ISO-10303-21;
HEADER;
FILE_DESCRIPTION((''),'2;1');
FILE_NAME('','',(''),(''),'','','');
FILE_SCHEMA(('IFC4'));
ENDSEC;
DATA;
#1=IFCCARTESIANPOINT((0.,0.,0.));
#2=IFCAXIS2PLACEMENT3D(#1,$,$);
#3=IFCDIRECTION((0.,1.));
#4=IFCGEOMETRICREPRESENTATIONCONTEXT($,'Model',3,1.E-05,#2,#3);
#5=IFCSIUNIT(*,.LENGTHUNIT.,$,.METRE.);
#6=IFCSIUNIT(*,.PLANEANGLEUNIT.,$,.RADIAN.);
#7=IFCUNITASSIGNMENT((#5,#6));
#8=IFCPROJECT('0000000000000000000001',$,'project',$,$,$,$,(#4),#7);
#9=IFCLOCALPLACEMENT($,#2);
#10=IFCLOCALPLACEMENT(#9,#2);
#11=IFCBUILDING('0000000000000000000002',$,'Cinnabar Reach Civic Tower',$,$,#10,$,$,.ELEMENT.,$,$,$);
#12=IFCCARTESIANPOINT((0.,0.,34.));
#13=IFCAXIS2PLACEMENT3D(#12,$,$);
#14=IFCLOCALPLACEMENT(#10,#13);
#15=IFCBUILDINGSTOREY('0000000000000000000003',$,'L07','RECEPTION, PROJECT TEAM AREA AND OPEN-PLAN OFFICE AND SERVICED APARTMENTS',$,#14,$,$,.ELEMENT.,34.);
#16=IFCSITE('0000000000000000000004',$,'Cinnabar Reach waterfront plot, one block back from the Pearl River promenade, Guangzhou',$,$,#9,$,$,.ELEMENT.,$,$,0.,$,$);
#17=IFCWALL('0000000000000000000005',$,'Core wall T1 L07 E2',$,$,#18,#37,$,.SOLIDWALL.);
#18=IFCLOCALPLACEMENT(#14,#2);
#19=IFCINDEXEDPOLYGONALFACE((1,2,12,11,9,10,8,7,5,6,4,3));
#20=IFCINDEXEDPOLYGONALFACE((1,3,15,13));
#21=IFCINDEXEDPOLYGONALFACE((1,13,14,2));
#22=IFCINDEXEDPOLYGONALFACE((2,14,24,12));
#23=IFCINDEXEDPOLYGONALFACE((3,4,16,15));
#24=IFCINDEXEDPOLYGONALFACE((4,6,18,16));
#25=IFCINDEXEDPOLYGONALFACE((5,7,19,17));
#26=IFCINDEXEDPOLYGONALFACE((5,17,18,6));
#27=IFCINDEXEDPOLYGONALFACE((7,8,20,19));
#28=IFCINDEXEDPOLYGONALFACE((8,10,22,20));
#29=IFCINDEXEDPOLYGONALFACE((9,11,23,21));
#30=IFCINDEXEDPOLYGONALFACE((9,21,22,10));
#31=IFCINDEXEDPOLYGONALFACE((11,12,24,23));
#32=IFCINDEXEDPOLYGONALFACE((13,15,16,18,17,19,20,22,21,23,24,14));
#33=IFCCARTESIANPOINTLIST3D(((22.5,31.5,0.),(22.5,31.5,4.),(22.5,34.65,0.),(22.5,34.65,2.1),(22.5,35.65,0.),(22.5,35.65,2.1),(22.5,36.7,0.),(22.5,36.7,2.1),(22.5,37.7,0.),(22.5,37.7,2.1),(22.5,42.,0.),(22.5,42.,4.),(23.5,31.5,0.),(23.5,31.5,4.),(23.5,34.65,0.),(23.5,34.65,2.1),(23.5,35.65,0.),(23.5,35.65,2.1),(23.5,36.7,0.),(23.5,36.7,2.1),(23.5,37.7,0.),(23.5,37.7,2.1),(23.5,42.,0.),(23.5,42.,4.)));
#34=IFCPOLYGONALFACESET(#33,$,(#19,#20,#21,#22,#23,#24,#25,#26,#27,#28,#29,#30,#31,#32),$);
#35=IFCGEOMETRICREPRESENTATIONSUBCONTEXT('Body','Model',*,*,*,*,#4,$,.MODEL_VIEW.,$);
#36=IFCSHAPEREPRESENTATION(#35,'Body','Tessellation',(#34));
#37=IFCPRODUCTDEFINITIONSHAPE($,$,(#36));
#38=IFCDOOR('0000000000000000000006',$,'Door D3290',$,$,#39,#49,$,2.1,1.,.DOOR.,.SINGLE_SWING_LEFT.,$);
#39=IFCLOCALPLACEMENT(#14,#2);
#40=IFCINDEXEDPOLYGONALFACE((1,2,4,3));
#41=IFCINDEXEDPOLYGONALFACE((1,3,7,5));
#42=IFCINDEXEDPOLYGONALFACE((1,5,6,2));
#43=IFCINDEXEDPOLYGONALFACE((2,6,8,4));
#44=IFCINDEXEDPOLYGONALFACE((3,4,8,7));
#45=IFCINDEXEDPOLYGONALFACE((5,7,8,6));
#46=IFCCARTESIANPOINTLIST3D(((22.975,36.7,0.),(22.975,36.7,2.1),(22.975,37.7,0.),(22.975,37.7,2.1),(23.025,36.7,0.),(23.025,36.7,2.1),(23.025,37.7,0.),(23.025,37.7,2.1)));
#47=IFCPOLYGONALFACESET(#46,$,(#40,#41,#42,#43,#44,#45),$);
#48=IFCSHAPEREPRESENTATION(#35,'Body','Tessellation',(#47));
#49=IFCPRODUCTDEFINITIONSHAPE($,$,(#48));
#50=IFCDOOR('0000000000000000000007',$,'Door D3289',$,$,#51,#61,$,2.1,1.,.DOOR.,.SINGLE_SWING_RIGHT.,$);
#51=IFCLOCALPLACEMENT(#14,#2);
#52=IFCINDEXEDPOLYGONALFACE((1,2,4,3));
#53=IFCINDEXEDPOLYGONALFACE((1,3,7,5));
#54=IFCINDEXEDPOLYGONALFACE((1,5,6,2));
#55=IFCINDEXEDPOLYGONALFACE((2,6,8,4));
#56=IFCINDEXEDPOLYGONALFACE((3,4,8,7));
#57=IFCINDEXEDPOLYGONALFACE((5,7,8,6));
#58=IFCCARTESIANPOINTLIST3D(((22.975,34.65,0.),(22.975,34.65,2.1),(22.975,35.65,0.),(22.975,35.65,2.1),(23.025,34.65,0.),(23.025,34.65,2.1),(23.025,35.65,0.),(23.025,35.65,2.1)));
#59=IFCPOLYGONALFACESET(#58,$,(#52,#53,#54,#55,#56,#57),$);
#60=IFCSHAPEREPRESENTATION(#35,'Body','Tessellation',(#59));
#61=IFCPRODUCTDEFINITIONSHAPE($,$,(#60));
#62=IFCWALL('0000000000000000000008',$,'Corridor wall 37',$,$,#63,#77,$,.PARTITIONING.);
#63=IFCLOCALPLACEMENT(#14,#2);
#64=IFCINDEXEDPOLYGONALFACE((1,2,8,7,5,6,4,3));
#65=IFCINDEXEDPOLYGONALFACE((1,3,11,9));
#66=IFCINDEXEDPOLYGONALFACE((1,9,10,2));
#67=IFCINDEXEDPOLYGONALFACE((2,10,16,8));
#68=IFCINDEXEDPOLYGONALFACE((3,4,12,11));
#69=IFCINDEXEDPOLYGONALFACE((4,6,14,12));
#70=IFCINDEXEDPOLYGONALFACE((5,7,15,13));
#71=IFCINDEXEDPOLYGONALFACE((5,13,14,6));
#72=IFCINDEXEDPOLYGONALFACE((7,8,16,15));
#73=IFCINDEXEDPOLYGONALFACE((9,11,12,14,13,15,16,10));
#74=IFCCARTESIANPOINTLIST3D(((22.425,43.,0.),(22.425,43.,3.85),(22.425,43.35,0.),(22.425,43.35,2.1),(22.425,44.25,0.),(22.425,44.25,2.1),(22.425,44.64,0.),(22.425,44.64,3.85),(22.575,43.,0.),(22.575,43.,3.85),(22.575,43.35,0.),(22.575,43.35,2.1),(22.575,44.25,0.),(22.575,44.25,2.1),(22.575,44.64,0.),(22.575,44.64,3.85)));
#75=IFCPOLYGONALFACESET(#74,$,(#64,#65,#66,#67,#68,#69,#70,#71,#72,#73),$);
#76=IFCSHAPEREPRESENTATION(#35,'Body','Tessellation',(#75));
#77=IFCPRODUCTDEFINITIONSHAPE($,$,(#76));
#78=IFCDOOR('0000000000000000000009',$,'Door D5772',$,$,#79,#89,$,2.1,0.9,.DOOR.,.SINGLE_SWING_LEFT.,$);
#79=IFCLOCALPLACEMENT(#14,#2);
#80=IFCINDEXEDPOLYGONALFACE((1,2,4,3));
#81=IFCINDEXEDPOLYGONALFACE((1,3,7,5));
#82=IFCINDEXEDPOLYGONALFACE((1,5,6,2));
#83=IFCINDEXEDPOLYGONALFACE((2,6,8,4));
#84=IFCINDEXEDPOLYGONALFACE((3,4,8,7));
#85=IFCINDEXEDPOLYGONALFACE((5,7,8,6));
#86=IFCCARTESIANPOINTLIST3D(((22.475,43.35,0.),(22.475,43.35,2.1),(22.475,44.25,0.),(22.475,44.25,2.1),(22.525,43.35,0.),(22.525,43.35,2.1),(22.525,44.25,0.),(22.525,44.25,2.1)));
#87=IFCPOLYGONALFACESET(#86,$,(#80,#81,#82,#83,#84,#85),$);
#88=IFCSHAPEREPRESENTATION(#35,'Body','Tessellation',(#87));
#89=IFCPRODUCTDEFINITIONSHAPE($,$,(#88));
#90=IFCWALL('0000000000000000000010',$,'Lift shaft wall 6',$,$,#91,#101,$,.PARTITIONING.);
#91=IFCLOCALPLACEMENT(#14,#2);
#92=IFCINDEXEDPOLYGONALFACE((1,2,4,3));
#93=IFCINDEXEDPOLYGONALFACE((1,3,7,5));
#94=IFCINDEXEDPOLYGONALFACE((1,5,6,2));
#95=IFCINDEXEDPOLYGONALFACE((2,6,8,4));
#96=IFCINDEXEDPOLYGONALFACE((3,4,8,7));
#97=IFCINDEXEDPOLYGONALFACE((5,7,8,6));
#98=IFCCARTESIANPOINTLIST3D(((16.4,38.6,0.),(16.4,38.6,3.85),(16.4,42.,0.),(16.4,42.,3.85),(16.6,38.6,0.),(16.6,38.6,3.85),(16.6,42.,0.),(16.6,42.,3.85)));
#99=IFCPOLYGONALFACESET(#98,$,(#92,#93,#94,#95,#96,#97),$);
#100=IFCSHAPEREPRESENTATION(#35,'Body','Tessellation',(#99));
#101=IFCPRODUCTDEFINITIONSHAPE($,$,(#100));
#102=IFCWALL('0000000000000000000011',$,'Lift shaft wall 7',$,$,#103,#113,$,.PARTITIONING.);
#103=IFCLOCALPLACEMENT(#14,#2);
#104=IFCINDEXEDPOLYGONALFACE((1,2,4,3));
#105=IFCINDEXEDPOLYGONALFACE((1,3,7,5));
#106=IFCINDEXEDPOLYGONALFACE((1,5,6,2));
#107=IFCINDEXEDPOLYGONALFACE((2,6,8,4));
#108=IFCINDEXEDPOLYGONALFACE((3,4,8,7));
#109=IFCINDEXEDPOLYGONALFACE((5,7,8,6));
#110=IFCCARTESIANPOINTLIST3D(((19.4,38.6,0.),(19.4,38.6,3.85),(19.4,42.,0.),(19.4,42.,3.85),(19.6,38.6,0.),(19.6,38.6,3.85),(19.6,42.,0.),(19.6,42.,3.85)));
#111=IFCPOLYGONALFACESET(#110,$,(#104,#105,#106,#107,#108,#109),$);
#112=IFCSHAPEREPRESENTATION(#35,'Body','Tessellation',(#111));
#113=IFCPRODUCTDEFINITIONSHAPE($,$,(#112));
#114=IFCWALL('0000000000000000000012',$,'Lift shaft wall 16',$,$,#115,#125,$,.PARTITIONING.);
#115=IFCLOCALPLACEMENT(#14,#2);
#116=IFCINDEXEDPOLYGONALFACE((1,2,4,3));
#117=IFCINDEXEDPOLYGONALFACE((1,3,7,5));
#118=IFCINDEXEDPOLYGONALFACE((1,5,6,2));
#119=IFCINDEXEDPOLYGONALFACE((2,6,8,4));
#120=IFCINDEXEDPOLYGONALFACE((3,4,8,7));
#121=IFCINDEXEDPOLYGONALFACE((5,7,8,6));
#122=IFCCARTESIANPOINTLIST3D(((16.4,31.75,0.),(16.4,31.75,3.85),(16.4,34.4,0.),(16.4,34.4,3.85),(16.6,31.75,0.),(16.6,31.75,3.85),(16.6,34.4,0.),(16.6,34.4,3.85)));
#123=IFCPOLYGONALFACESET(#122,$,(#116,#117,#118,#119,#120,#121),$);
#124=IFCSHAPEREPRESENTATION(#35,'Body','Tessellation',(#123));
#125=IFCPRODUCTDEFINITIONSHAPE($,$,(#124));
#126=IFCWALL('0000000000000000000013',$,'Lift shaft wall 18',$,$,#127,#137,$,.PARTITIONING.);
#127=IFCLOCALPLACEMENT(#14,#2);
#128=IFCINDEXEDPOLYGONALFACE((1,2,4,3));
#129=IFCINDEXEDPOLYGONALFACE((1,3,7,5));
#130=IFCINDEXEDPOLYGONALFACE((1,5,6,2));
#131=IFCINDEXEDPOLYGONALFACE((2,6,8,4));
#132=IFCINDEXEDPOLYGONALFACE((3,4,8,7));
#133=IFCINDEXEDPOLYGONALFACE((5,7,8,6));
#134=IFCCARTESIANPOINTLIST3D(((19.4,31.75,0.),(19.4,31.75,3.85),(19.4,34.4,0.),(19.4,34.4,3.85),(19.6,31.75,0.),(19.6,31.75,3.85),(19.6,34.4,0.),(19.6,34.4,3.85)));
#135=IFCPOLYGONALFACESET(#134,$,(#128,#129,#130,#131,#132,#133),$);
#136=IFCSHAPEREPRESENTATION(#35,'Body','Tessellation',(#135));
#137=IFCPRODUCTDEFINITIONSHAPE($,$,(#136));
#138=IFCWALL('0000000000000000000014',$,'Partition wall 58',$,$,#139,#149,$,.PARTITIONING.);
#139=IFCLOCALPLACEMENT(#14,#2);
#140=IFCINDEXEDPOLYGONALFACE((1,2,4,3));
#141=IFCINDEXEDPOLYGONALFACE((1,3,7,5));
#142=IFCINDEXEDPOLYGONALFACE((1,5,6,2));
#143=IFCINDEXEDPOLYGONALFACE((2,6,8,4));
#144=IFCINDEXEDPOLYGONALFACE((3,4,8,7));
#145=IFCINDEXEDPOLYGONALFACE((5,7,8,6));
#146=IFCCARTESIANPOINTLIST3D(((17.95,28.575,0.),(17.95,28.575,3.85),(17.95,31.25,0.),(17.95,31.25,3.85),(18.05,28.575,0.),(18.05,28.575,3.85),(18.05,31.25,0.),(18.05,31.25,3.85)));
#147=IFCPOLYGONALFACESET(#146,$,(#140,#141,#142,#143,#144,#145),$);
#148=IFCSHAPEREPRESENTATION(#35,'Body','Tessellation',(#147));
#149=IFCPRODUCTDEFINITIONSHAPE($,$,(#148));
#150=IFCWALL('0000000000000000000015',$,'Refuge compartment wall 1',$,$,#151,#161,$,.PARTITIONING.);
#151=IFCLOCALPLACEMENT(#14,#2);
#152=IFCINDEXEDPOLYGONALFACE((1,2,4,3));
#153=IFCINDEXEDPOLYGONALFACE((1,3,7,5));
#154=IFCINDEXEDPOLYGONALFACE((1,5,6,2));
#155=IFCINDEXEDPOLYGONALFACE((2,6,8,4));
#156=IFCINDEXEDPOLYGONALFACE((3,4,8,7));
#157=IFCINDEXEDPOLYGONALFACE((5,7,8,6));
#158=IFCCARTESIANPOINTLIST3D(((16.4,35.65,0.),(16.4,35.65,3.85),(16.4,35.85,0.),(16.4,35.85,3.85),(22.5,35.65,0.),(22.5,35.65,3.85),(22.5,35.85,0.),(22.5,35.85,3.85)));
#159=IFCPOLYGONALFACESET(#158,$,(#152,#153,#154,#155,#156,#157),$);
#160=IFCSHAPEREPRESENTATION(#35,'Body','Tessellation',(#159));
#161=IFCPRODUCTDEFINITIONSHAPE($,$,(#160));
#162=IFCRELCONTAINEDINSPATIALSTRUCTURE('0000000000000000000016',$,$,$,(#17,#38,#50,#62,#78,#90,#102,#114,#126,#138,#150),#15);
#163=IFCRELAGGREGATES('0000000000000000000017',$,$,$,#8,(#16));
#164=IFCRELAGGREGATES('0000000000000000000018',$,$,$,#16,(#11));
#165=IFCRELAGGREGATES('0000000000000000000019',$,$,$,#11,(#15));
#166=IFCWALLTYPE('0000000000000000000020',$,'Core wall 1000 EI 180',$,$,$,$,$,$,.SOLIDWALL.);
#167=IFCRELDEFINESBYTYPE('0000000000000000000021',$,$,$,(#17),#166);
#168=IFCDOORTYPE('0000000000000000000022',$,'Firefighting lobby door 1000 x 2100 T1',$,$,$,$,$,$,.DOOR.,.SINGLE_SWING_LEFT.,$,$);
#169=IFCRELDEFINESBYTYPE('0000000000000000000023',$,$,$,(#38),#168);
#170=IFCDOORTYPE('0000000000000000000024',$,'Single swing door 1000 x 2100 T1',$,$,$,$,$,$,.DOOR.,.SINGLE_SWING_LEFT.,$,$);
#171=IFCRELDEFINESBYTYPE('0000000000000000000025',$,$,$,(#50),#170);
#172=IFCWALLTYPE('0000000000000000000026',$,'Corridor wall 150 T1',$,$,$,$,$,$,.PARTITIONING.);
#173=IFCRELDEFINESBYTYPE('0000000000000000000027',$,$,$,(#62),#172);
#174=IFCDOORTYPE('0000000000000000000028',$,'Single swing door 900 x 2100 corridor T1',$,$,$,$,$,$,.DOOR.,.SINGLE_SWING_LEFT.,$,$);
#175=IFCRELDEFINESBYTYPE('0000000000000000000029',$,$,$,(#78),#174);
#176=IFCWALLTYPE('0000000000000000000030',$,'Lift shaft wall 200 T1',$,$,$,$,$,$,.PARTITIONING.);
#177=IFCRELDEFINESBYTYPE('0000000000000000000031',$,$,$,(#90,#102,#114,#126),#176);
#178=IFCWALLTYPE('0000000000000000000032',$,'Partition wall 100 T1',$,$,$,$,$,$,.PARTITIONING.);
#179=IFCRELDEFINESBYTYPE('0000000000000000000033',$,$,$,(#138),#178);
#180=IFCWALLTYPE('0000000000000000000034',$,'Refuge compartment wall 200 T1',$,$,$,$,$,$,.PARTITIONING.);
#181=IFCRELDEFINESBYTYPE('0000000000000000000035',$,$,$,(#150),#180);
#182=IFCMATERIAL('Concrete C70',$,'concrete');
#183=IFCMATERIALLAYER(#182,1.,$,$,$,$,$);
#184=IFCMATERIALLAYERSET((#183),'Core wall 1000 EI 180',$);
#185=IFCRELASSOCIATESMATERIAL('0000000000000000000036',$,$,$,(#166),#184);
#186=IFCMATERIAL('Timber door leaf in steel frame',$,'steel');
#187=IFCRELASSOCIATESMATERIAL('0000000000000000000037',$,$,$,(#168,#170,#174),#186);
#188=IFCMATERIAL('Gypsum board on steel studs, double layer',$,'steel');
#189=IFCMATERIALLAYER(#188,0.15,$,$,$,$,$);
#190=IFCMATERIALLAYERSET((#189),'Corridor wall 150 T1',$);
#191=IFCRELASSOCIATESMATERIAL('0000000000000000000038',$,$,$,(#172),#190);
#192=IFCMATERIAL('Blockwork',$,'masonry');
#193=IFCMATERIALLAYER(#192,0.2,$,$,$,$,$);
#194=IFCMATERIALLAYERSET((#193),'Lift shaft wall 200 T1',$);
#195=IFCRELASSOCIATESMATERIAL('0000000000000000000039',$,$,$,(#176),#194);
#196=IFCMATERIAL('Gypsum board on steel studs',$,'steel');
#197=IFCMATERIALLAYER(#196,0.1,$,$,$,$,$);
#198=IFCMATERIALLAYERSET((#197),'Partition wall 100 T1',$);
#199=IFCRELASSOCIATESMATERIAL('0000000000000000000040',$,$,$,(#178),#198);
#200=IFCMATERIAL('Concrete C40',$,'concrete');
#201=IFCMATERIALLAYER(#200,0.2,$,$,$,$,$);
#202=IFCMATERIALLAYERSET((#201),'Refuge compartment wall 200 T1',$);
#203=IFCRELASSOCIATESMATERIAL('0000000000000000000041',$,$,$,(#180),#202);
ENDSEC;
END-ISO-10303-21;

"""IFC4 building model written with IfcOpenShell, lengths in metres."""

from ifc_helpers import new_model, si_unit, direction, frame, frame_2d, origin, place, context, subcontext, project, spatial, rectangle, extrude, material, layer, layer_set, type_object, element, fill, save


model = new_model("IFC4")

# Units and contexts
model_context = context("Model", 3, precision=1e-05, world=origin(), true_north=direction((0.0, 1.0)))
body_context = subcontext(model_context, "Body", "Model", "MODEL_VIEW")
ifc_project = project(units=[si_unit("LENGTHUNIT", "METRE"), si_unit("PLANEANGLEUNIT", "RADIAN")], contexts=[model_context])

# Site, building, storey
site_placement = place(None, origin())
site = spatial("IfcSite", under=ifc_project, at=site_placement, Name="Cinnabar Reach waterfront plot, one block back from the Pearl River promenade, Guangzhou", CompositionType="ELEMENT", RefElevation=0.0)
building_placement = place(site_placement, origin())
building = spatial("IfcBuilding", under=site, at=building_placement, Name="Cinnabar Reach Civic Tower", CompositionType="ELEMENT")
storey_placement = place(building_placement, frame((0.0, 0.0, 34.0)))
storey = spatial("IfcBuildingStorey", under=building, at=storey_placement, Name="L07", Description="RECEPTION, PROJECT TEAM AREA AND OPEN-PLAN OFFICE AND SERVICED APARTMENTS", CompositionType="ELEMENT", Elevation=34.0)

# Shared definitions
ifc_material_1 = material(Name="Concrete C70", Category="concrete")

# Shared definitions
ifc_layer_1 = layer(ifc_material_1, 1.0)
ifc_layer_set_1 = layer_set([ifc_layer_1], Name="Core wall 1000 EI 180")
wall_type_1 = type_object("IfcWallType", Name="Core wall 1000 EI 180", PredefinedType="SOLIDWALL", material=ifc_layer_set_1)

# Wall, openings, doors
wall_1_placement = place(storey_placement, frame((23.0, 31.5, 0.0), z_axis=(0.0, 0.0, 1.0), x_axis=(0.0, 1.0, 0.0)))
wall_1 = element("IfcWall", 1, at=wall_1_placement, inside=storey, type_object=wall_type_1, Name="Core wall T1 L07 E2", PredefinedType="SOLIDWALL", context=body_context, shape_type="SweptSolid", body=[
    extrude(rectangle(XDim=10.5, YDim=1.0, at=frame_2d((5.25, 0.0))), origin(), (0.0, 0.0, 1.0), 4.0),
])
opening_1_placement = place(wall_1_placement, frame((3.15, 0.0, 0.0)))
opening_1 = element("IfcOpeningElement", 2, at=opening_1_placement, cuts=wall_1, PredefinedType="OPENING", context=body_context, shape_type="SweptSolid", body=[
    extrude(rectangle(XDim=1.0, YDim=2.1, at=frame_2d((0.5, 1.05))), frame((0.0, 0.51, 0.0), z_axis=(0.0, -1.0, 0.0), x_axis=(1.0, 0.0, 0.0)), (0.0, 0.0, 1.0), 1.02),
])
opening_2_placement = place(wall_1_placement, frame((5.2, 0.0, 0.0)))
opening_2 = element("IfcOpeningElement", 3, at=opening_2_placement, cuts=wall_1, PredefinedType="OPENING", context=body_context, shape_type="SweptSolid", body=[
    extrude(rectangle(XDim=1.0, YDim=2.1, at=frame_2d((0.5, 1.05))), frame((0.0, 0.51, 0.0), z_axis=(0.0, -1.0, 0.0), x_axis=(1.0, 0.0, 0.0)), (0.0, 0.0, 1.0), 1.02),
])
ifc_material_2 = material(Name="Timber door leaf in steel frame", Category="steel")
door_type_1 = type_object("IfcDoorType", Name="Firefighting lobby door 1000 x 2100 T1", OperationType="SINGLE_SWING_LEFT", PredefinedType="DOOR", material=ifc_material_2)
door_1_placement = place(opening_2_placement, origin())
door_1 = element("IfcDoor", 4, at=door_1_placement, inside=storey, type_object=door_type_1, Name="Door D3290", OperationType="SINGLE_SWING_LEFT", OverallHeight=2.1, OverallWidth=1.0, PredefinedType="DOOR", context=body_context, shape_type="SweptSolid", body=[
    extrude(rectangle(XDim=1.0, YDim=2.1, at=frame_2d((0.5, 1.05))), frame((0.0, 0.025, 0.0), z_axis=(0.0, -1.0, 0.0), x_axis=(1.0, 0.0, 0.0)), (0.0, 0.0, 1.0), 0.05),
])
fill(opening_2, door_1)
door_type_2 = type_object("IfcDoorType", Name="Single swing door 1000 x 2100 T1", OperationType="SINGLE_SWING_LEFT", PredefinedType="DOOR", material=ifc_material_2)
door_2_placement = place(opening_1_placement, origin())
door_2 = element("IfcDoor", 5, at=door_2_placement, inside=storey, type_object=door_type_2, Name="Door D3289", OperationType="SINGLE_SWING_RIGHT", OverallHeight=2.1, OverallWidth=1.0, PredefinedType="DOOR", context=body_context, shape_type="SweptSolid", body=[
    extrude(rectangle(XDim=1.0, YDim=2.1, at=frame_2d((0.5, 1.05))), frame((0.0, 0.025, 0.0), z_axis=(0.0, -1.0, 0.0), x_axis=(1.0, 0.0, 0.0)), (0.0, 0.0, 1.0), 0.05),
])
fill(opening_1, door_2)

# Wall, opening, door
ifc_material_3 = material(Name="Gypsum board on steel studs, double layer", Category="steel")
ifc_layer_2 = layer(ifc_material_3, 0.15)
ifc_layer_set_2 = layer_set([ifc_layer_2], Name="Corridor wall 150 T1")
wall_type_2 = type_object("IfcWallType", Name="Corridor wall 150 T1", PredefinedType="PARTITIONING", material=ifc_layer_set_2)
wall_2_placement = place(storey_placement, frame((22.5, 43.0, 0.0), z_axis=(0.0, 0.0, 1.0), x_axis=(0.0, 1.0, 0.0)))
wall_2 = element("IfcWall", 6, at=wall_2_placement, inside=storey, type_object=wall_type_2, Name="Corridor wall 37", PredefinedType="PARTITIONING", context=body_context, shape_type="SweptSolid", body=[
    extrude(rectangle(XDim=1.64, YDim=0.15, at=frame_2d((0.82, 0.0))), origin(), (0.0, 0.0, 1.0), 3.85),
])
opening_3_placement = place(wall_2_placement, frame((0.35, 0.0, 0.0)))
opening_3 = element("IfcOpeningElement", 7, at=opening_3_placement, cuts=wall_2, PredefinedType="OPENING", context=body_context, shape_type="SweptSolid", body=[
    extrude(rectangle(XDim=0.9, YDim=2.1, at=frame_2d((0.45, 1.05))), frame((0.0, 0.085, 0.0), z_axis=(0.0, -1.0, 0.0), x_axis=(1.0, 0.0, 0.0)), (0.0, 0.0, 1.0), 0.17),
])
door_type_3 = type_object("IfcDoorType", Name="Single swing door 900 x 2100 corridor T1", OperationType="SINGLE_SWING_LEFT", PredefinedType="DOOR", material=ifc_material_2)
door_3_placement = place(opening_3_placement, origin())
door_3 = element("IfcDoor", 8, at=door_3_placement, inside=storey, type_object=door_type_3, Name="Door D5772", OperationType="SINGLE_SWING_LEFT", OverallHeight=2.1, OverallWidth=0.9, PredefinedType="DOOR", context=body_context, shape_type="SweptSolid", body=[
    extrude(rectangle(XDim=0.9, YDim=2.1, at=frame_2d((0.45, 1.05))), frame((0.0, 0.025, 0.0), z_axis=(0.0, -1.0, 0.0), x_axis=(1.0, 0.0, 0.0)), (0.0, 0.0, 1.0), 0.05),
])
fill(opening_3, door_3)

# Walls
ifc_material_4 = material(Name="Blockwork", Category="masonry")
ifc_layer_3 = layer(ifc_material_4, 0.2)
ifc_layer_set_3 = layer_set([ifc_layer_3], Name="Lift shaft wall 200 T1")
wall_type_3 = type_object("IfcWallType", Name="Lift shaft wall 200 T1", PredefinedType="PARTITIONING", material=ifc_layer_set_3)
for number, where, z_axis, x_axis, name in (
    (9, (16.5, 38.6, 0.0), (0.0, 0.0, 1.0), (0.0, 1.0, 0.0), "Lift shaft wall 6"),
    (10, (19.5, 38.6, 0.0), (0.0, 0.0, 1.0), (0.0, 1.0, 0.0), "Lift shaft wall 7"),
):
    element("IfcWall", number, at=place(storey_placement, frame(where, z_axis=z_axis, x_axis=x_axis)), inside=storey, type_object=wall_type_3, Name=name, PredefinedType="PARTITIONING", context=body_context, shape_type="SweptSolid", body=[
        extrude(rectangle(XDim=3.4, YDim=0.2, at=frame_2d((1.7, 0.0))), origin(), (0.0, 0.0, 1.0), 3.85),
    ])
for number, where, z_axis, x_axis, name in (
    (11, (16.5, 31.75, 0.0), (0.0, 0.0, 1.0), (0.0, 1.0, 0.0), "Lift shaft wall 16"),
    (12, (19.5, 31.75, 0.0), (0.0, 0.0, 1.0), (0.0, 1.0, 0.0), "Lift shaft wall 18"),
):
    element("IfcWall", number, at=place(storey_placement, frame(where, z_axis=z_axis, x_axis=x_axis)), inside=storey, type_object=wall_type_3, Name=name, PredefinedType="PARTITIONING", context=body_context, shape_type="SweptSolid", body=[
        extrude(rectangle(XDim=2.65, YDim=0.2, at=frame_2d((1.325, 0.0))), origin(), (0.0, 0.0, 1.0), 3.85),
    ])
ifc_material_5 = material(Name="Gypsum board on steel studs", Category="steel")
ifc_layer_4 = layer(ifc_material_5, 0.1)
ifc_layer_set_4 = layer_set([ifc_layer_4], Name="Partition wall 100 T1")
wall_type_4 = type_object("IfcWallType", Name="Partition wall 100 T1", PredefinedType="PARTITIONING", material=ifc_layer_set_4)
wall_3_placement = place(storey_placement, frame((18.0, 28.575, 0.0), z_axis=(0.0, 0.0, 1.0), x_axis=(0.0, 1.0, 0.0)))
element("IfcWall", 13, at=wall_3_placement, inside=storey, type_object=wall_type_4, Name="Partition wall 58", PredefinedType="PARTITIONING", context=body_context, shape_type="SweptSolid", body=[
    extrude(rectangle(XDim=2.675, YDim=0.1, at=frame_2d((1.3375, 0.0))), origin(), (0.0, 0.0, 1.0), 3.85),
])
ifc_material_6 = material(Name="Concrete C40", Category="concrete")
ifc_layer_5 = layer(ifc_material_6, 0.2)
ifc_layer_set_5 = layer_set([ifc_layer_5], Name="Refuge compartment wall 200 T1")
wall_type_5 = type_object("IfcWallType", Name="Refuge compartment wall 200 T1", PredefinedType="PARTITIONING", material=ifc_layer_set_5)
wall_4_placement = place(storey_placement, frame((16.4, 35.75, 0.0), z_axis=(0.0, 0.0, 1.0), x_axis=(1.0, 0.0, 0.0)))
element("IfcWall", 14, at=wall_4_placement, inside=storey, type_object=wall_type_5, Name="Refuge compartment wall 1", PredefinedType="PARTITIONING", context=body_context, shape_type="SweptSolid", body=[
    extrude(rectangle(XDim=6.1, YDim=0.2, at=frame_2d((3.05, 0.0))), origin(), (0.0, 0.0, 1.0), 3.85),
])

save(model, "model.ifc")
